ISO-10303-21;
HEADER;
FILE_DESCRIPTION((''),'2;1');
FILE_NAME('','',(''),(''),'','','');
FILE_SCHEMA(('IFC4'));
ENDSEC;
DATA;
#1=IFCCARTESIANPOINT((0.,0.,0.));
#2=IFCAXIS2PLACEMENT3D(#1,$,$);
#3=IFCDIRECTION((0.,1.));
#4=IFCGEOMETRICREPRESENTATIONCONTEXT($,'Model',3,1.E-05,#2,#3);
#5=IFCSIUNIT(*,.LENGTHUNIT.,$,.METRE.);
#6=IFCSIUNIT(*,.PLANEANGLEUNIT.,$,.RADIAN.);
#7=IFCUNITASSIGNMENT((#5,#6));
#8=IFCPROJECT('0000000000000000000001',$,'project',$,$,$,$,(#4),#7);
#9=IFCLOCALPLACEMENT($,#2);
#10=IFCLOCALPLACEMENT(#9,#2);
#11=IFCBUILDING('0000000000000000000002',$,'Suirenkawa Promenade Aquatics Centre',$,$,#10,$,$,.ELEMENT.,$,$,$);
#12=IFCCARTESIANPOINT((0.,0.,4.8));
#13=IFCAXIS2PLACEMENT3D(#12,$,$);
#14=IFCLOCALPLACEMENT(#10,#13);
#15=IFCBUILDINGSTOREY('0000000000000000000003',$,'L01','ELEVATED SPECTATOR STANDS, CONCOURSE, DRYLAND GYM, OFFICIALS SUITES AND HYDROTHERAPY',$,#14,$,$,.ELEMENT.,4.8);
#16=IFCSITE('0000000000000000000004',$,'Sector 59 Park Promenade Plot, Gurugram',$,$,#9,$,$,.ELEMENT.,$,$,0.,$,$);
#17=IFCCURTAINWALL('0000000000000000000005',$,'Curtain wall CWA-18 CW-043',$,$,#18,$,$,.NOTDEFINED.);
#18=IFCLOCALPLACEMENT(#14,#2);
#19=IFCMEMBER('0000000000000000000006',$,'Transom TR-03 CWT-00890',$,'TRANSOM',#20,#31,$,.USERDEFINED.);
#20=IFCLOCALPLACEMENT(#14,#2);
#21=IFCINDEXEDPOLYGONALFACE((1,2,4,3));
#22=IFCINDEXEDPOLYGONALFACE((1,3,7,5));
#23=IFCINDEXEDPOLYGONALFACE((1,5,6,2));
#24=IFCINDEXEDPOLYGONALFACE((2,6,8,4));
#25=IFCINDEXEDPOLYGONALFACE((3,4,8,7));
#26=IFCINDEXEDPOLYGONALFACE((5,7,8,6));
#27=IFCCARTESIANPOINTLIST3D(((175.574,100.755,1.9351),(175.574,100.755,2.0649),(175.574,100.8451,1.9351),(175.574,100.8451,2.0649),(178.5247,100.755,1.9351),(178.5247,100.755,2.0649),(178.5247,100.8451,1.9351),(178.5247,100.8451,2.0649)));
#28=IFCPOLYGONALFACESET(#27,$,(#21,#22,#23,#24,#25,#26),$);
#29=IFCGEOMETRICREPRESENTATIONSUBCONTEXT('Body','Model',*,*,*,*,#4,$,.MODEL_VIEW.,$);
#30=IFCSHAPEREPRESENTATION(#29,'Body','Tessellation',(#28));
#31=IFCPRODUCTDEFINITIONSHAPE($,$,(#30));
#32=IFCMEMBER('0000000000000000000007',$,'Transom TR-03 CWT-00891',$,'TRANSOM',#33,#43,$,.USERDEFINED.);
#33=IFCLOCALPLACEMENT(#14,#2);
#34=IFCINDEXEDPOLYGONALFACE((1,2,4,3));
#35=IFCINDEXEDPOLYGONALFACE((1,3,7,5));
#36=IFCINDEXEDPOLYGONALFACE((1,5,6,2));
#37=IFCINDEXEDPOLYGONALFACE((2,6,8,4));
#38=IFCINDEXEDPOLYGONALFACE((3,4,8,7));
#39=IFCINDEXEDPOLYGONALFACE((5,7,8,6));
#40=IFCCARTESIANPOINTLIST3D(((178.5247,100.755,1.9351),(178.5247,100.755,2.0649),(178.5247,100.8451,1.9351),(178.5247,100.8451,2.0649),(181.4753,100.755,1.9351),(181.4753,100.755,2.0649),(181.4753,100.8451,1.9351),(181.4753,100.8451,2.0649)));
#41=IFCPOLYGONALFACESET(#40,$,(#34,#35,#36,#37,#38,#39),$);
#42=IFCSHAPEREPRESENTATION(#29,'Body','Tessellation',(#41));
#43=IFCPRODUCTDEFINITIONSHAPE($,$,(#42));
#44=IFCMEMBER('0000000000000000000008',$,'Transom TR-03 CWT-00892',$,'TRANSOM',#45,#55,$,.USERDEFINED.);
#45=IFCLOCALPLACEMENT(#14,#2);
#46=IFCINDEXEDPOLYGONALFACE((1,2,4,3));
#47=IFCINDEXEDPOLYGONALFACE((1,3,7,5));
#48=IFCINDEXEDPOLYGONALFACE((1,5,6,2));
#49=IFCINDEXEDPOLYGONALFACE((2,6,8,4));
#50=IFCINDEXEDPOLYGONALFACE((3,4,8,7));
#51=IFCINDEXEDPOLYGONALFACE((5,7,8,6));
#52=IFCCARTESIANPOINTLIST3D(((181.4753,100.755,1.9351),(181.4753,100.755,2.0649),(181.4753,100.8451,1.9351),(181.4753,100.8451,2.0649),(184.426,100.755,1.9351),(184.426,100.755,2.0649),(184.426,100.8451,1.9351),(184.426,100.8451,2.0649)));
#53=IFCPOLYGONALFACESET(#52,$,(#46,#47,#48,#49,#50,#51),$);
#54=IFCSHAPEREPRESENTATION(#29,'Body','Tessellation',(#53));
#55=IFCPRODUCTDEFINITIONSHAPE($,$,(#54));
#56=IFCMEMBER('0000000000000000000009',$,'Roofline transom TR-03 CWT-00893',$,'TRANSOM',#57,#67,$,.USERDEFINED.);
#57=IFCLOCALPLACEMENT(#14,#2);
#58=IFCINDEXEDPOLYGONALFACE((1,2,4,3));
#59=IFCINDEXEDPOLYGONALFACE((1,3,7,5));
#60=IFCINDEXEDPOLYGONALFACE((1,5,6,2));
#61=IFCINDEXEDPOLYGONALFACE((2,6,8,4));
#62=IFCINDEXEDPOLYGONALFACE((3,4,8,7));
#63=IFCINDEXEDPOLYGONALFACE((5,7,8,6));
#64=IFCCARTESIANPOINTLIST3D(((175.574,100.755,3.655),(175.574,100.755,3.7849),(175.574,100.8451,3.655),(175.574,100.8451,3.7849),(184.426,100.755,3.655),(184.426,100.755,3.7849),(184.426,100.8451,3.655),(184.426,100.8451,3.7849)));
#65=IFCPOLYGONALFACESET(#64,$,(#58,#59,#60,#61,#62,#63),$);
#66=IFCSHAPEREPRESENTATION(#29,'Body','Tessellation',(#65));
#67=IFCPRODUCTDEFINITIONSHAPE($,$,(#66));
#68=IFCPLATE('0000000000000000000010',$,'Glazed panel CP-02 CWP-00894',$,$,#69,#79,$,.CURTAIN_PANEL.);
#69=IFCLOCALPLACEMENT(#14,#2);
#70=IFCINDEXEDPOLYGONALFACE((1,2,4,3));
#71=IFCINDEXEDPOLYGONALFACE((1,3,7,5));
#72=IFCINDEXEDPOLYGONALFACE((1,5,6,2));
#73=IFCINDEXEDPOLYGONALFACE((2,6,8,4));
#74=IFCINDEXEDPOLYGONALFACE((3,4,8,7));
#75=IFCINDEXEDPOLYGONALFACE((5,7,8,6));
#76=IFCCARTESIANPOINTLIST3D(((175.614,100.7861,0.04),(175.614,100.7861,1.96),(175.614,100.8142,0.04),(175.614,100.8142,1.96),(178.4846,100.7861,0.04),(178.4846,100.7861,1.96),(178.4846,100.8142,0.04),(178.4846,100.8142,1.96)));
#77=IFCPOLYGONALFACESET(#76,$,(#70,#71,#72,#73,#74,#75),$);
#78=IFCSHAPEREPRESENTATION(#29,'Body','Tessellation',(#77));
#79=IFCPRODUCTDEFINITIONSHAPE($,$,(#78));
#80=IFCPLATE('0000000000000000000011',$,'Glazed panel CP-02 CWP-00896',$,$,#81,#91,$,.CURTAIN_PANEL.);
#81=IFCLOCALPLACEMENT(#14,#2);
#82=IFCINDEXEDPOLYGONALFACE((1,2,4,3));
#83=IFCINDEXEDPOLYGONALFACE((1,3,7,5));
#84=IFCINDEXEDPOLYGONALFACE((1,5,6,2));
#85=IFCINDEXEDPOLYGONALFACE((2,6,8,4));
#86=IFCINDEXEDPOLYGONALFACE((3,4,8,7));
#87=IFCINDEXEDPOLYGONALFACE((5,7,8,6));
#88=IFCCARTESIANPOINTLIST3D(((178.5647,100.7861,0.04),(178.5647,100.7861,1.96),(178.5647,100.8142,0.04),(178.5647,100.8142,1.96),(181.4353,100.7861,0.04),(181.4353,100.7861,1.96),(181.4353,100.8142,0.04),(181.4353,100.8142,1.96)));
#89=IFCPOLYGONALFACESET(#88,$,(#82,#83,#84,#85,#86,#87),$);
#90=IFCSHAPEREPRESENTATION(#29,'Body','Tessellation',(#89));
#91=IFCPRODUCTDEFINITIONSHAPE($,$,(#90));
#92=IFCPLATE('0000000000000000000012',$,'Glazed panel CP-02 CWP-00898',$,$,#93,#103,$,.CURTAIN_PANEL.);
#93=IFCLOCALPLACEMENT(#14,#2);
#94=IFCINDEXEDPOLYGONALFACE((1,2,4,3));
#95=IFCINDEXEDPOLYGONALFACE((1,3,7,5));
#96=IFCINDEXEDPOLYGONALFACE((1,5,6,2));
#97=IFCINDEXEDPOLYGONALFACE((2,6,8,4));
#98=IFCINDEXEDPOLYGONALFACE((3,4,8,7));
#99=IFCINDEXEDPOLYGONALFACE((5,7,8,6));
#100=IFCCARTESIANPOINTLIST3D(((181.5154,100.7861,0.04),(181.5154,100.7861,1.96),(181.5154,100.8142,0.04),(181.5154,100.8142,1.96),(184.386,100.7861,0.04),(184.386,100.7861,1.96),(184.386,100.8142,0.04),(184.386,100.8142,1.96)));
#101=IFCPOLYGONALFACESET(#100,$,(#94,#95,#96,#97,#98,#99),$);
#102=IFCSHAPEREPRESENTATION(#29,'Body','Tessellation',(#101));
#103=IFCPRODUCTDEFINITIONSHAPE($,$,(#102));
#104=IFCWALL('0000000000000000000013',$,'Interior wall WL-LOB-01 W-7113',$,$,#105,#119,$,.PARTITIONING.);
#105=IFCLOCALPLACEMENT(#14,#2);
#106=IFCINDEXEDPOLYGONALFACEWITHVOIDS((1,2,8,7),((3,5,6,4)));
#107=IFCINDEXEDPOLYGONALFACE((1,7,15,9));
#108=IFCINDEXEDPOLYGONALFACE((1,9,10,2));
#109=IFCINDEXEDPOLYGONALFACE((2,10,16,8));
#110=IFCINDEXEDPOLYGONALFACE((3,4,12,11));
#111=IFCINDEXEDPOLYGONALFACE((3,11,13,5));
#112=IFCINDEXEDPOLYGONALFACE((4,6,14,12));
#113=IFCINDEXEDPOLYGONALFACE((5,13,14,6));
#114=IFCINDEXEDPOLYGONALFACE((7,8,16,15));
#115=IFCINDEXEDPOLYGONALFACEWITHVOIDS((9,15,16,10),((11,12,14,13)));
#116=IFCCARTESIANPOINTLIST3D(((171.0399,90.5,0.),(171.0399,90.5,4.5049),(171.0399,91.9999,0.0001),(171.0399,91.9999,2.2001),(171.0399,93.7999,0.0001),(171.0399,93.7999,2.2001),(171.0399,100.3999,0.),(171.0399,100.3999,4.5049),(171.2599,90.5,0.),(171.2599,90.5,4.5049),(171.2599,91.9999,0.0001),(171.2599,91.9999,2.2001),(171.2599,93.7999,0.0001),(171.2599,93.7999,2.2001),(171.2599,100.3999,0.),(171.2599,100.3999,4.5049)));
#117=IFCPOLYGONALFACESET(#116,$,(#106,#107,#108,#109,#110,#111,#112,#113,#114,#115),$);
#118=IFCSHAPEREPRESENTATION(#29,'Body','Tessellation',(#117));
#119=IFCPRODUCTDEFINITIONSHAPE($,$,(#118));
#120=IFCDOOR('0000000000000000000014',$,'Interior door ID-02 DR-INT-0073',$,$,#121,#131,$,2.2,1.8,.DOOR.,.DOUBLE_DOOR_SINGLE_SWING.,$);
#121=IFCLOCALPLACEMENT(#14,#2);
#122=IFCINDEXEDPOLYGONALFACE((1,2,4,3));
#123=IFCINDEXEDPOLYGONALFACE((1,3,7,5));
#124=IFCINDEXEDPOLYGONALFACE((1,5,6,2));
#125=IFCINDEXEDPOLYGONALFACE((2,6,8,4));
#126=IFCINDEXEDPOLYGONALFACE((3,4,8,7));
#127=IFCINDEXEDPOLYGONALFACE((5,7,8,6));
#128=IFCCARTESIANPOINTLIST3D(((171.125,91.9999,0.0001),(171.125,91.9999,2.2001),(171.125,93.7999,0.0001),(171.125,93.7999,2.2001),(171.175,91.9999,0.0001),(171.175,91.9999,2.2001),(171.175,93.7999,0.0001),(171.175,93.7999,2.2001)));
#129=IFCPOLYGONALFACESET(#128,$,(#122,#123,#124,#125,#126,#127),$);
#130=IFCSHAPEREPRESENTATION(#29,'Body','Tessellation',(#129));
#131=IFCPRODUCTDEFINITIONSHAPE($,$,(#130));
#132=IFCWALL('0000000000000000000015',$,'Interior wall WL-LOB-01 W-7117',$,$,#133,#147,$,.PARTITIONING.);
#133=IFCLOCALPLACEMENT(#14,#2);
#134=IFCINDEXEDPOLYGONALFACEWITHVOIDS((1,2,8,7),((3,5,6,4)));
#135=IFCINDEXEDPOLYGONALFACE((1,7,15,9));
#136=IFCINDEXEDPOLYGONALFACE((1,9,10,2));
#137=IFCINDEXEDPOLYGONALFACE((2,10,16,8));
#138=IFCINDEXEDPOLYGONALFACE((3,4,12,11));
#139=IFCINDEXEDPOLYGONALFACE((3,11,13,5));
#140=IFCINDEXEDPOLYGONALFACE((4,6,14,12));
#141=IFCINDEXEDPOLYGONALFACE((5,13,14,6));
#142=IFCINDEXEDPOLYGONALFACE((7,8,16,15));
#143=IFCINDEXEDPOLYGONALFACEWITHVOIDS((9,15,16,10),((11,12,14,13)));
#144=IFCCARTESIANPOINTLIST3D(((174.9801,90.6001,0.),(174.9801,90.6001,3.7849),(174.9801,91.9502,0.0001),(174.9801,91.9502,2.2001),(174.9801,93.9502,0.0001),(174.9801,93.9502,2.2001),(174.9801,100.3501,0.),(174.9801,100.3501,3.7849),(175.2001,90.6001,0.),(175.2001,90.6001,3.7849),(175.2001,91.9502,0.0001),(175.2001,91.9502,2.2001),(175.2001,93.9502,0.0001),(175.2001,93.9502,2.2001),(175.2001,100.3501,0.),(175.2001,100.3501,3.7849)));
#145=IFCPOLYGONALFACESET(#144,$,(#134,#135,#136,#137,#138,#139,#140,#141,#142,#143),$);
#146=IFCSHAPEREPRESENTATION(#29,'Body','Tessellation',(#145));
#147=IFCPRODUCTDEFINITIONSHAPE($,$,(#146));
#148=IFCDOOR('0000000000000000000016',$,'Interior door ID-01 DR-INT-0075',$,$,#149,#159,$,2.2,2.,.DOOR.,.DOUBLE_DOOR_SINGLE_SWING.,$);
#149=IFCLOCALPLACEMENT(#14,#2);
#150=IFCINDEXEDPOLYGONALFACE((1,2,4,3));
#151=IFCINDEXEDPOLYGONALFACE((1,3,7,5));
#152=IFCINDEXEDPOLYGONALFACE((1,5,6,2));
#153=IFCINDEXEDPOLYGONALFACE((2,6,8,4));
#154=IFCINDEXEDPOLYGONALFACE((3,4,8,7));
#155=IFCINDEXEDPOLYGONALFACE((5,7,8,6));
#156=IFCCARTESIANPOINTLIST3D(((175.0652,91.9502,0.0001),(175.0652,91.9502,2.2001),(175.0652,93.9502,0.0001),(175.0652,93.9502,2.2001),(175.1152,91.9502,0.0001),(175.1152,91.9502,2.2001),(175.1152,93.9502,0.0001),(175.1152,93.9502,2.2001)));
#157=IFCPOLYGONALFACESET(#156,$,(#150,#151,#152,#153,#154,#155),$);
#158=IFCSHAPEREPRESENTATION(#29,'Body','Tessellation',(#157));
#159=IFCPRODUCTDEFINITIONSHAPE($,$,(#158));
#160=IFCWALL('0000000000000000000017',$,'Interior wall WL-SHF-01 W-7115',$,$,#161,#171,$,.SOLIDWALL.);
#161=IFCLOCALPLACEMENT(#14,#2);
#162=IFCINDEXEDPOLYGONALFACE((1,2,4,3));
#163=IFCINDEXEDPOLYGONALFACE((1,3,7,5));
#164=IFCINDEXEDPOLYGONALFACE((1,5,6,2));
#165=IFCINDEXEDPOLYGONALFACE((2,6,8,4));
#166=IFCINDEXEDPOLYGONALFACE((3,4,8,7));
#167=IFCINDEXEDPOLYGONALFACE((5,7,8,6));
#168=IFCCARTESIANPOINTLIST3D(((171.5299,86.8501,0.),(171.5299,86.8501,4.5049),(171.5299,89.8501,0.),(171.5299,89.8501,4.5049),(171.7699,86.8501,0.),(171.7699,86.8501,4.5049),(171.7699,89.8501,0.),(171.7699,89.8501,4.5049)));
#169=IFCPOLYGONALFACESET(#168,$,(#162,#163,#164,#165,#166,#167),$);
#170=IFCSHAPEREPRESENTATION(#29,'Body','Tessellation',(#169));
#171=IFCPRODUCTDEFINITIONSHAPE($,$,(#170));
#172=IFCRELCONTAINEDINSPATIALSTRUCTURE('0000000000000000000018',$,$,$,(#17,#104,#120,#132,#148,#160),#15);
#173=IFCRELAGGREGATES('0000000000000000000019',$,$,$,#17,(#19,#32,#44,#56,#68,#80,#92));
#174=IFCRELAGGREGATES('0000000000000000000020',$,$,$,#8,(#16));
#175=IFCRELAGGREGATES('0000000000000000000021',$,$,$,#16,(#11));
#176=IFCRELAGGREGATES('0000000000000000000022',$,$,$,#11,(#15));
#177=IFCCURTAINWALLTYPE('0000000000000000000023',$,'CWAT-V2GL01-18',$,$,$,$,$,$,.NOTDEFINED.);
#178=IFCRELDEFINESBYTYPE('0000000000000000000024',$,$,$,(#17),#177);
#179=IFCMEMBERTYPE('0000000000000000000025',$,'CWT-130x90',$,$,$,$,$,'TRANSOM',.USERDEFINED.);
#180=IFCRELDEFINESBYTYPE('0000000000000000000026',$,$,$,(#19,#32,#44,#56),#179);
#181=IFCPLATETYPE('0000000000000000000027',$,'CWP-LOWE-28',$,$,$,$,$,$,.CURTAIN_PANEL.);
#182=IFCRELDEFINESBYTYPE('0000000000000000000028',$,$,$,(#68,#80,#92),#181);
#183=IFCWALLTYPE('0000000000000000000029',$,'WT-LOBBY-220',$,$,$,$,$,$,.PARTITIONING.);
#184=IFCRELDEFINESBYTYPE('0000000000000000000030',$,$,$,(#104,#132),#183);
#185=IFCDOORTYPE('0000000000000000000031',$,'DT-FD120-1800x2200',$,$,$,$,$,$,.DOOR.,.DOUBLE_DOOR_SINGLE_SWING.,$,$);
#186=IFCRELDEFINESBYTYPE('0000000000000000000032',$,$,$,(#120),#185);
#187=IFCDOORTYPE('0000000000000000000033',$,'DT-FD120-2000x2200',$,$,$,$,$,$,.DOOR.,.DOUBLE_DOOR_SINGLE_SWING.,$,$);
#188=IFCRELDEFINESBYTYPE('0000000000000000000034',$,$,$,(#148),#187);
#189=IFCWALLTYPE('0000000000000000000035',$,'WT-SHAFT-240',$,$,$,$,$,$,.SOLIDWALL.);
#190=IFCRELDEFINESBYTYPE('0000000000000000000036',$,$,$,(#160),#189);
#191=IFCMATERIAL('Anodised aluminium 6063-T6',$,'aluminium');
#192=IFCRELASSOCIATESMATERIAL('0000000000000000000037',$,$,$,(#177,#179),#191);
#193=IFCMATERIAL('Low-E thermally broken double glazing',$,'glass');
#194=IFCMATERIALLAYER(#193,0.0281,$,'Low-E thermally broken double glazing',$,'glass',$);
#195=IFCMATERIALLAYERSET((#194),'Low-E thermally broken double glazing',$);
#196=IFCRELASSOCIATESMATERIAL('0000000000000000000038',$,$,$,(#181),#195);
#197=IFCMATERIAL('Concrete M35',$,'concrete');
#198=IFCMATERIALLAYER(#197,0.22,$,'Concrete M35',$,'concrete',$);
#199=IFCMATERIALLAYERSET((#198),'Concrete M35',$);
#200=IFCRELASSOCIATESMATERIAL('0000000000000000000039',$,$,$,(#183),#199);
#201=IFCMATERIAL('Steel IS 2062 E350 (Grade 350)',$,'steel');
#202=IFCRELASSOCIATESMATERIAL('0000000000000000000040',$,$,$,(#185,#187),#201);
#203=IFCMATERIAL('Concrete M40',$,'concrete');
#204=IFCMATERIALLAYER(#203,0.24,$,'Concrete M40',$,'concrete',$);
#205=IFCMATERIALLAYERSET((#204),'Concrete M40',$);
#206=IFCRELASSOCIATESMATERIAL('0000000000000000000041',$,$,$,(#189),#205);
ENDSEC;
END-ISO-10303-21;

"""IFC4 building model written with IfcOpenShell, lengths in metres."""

from ifc_helpers import new_model, si_unit, direction, frame, frame_2d, origin, origin_2d, place, context, subcontext, project, spatial, polyline, rectangle, outline, extrude, material, layer, layer_set, material_profile, profile_set, type_object, element, fill, aggregate, save


model = new_model("IFC4")

# Units and contexts
model_context = context("Model", 3, precision=1e-05, world=origin(), true_north=direction((0.0, 1.0)))
body_context = subcontext(model_context, "Body", "Model", "MODEL_VIEW")
ifc_project = project(units=[si_unit("LENGTHUNIT", "METRE"), si_unit("PLANEANGLEUNIT", "RADIAN")], contexts=[model_context])

# Site, building, storey
site_placement = place(None, origin())
site = spatial("IfcSite", under=ifc_project, at=site_placement, Name="Sector 59 Park Promenade Plot, Gurugram", CompositionType="ELEMENT", RefElevation=0.0)
building_placement = place(site_placement, origin())
building = spatial("IfcBuilding", under=site, at=building_placement, Name="Suirenkawa Promenade Aquatics Centre", CompositionType="ELEMENT")
storey_placement = place(building_placement, frame((0.0, 0.0, 4.8)))
storey = spatial("IfcBuildingStorey", under=building, at=storey_placement, Name="L01", Description="ELEVATED SPECTATOR STANDS, CONCOURSE, DRYLAND GYM, OFFICIALS SUITES AND HYDROTHERAPY", CompositionType="ELEMENT", Elevation=4.8)

# Shared definitions
ifc_material_1 = material(Name="Concrete M40", Category="concrete")

# Shared definitions
ifc_material_2 = material(Name="Steel IS 2062 E350 (Grade 350)", Category="steel")

# Curtain wall, members, plates
ifc_material_3 = material(Name="Anodised aluminium 6063-T6", Category="aluminium")
curtain_wall_type = type_object("IfcCurtainWallType", Name="CWAT-V2GL01-18", PredefinedType="NOTDEFINED", material=ifc_material_3)
curtain_wall_placement = place(storey_placement, origin())
curtain_wall = element("IfcCurtainWall", 1, at=curtain_wall_placement, inside=storey, type_object=curtain_wall_type, Name="Curtain wall CWA-18 CW-043", PredefinedType="NOTDEFINED")
ifc_material_profile_1 = material_profile(ifc_material_3, rectangle(XDim=0.0901, YDim=0.1299, at=origin_2d()), Name="ALU TRAN 90x130", Category="aluminium")
ifc_profile_set_1 = profile_set([ifc_material_profile_1], Name="Anodised aluminium 6063-T6")
member_type_1 = type_object("IfcMemberType", Name="CWT-130x90", ElementType="TRANSOM", PredefinedType="USERDEFINED", material=ifc_profile_set_1)
member_1_placement = place(storey_placement, frame((175.574, 100.8, 2.0), z_axis=(1.0, 0.0, 0.0), x_axis=(0.0, 1.0, 0.0)))
member_1 = element("IfcMember", 2, at=member_1_placement, type_object=member_type_1, Name="Transom TR-03 CWT-00890", ObjectType="TRANSOM", PredefinedType="USERDEFINED", context=body_context, shape_type="SweptSolid", body=[
    extrude(rectangle(XDim=0.0901, YDim=0.1299, at=origin_2d()), origin(), (0.0, 0.0, 1.0), 2.9507),
])
member_2_placement = place(storey_placement, frame((178.5247, 100.8, 2.0), z_axis=(1.0, 0.0, 0.0), x_axis=(0.0, 1.0, 0.0)))
member_2 = element("IfcMember", 3, at=member_2_placement, type_object=member_type_1, Name="Transom TR-03 CWT-00891", ObjectType="TRANSOM", PredefinedType="USERDEFINED", context=body_context, shape_type="SweptSolid", body=[
    extrude(rectangle(XDim=0.0901, YDim=0.1299, at=origin_2d()), origin(), (0.0, 0.0, 1.0), 2.9507),
])
member_3_placement = place(storey_placement, frame((181.4753, 100.8, 2.0), z_axis=(1.0, 0.0, 0.0), x_axis=(0.0, 1.0, 0.0)))
member_3 = element("IfcMember", 4, at=member_3_placement, type_object=member_type_1, Name="Transom TR-03 CWT-00892", ObjectType="TRANSOM", PredefinedType="USERDEFINED", context=body_context, shape_type="SweptSolid", body=[
    extrude(rectangle(XDim=0.0901, YDim=0.1299, at=origin_2d()), origin(), (0.0, 0.0, 1.0), 2.9507),
])
member_4_placement = place(storey_placement, frame((175.574, 100.8, 3.72), z_axis=(1.0, 0.0, 0.0), x_axis=(0.0, 1.0, 0.0)))
member_4 = element("IfcMember", 5, at=member_4_placement, type_object=member_type_1, Name="Roofline transom TR-03 CWT-00893", ObjectType="TRANSOM", PredefinedType="USERDEFINED", context=body_context, shape_type="SweptSolid", body=[
    extrude(rectangle(XDim=0.0901, YDim=0.1299, at=origin_2d()), origin(), (0.0, 0.0, 1.0), 8.8521),
])
ifc_material_4 = material(Name="Low-E thermally broken double glazing", Category="glass")
ifc_layer_1 = layer(ifc_material_4, 0.0281, Name="Low-E thermally broken double glazing", Category="glass")
ifc_layer_set_1 = layer_set([ifc_layer_1], Name="Low-E thermally broken double glazing")
plate_type = type_object("IfcPlateType", Name="CWP-LOWE-28", PredefinedType="CURTAIN_PANEL", material=ifc_layer_set_1)
plate_1_placement = place(storey_placement, frame((175.574, 100.8, 0.04), z_axis=(0.0, 0.0, 1.0), x_axis=(1.0, 0.0, 0.0)))
plate_1 = element("IfcPlate", 6, at=plate_1_placement, type_object=plate_type, Name="Glazed panel CP-02 CWP-00894", PredefinedType="CURTAIN_PANEL", context=body_context, shape_type="SweptSolid", body=[
    extrude(outline(polyline([(0.04, 0.0), (2.9106, 0.0), (2.9106, 1.9199), (0.04, 1.9199), (0.04, 0.0)])), frame((0.0, 0.0142, 0.0), z_axis=(0.0, -1.0, 0.0), x_axis=(1.0, 0.0, 0.0)), (0.0, 0.0, 1.0), 0.0281),
])
plate_2_placement = place(storey_placement, frame((178.5247, 100.8, 0.04), z_axis=(0.0, 0.0, 1.0), x_axis=(1.0, 0.0, 0.0)))
plate_2 = element("IfcPlate", 7, at=plate_2_placement, type_object=plate_type, Name="Glazed panel CP-02 CWP-00896", PredefinedType="CURTAIN_PANEL", context=body_context, shape_type="SweptSolid", body=[
    extrude(outline(polyline([(0.04, 0.0), (2.9106, 0.0), (2.9106, 1.9199), (0.04, 1.9199), (0.04, 0.0)])), frame((0.0, 0.0142, 0.0), z_axis=(0.0, -1.0, 0.0), x_axis=(1.0, 0.0, 0.0)), (0.0, 0.0, 1.0), 0.0281),
])
plate_3_placement = place(storey_placement, frame((181.4753, 100.8, 0.04), z_axis=(0.0, 0.0, 1.0), x_axis=(1.0, 0.0, 0.0)))
plate_3 = element("IfcPlate", 8, at=plate_3_placement, type_object=plate_type, Name="Glazed panel CP-02 CWP-00898", PredefinedType="CURTAIN_PANEL", context=body_context, shape_type="SweptSolid", body=[
    extrude(outline(polyline([(0.04, 0.0), (2.9106, 0.0), (2.9106, 1.9199), (0.04, 1.9199), (0.04, 0.0)])), frame((0.0, 0.0142, 0.0), z_axis=(0.0, -1.0, 0.0), x_axis=(1.0, 0.0, 0.0)), (0.0, 0.0, 1.0), 0.0281),
])
aggregate(curtain_wall, [member_1, member_2, member_3, member_4, plate_1, plate_2, plate_3])

# Walls, openings, doors
ifc_material_5 = material(Name="Concrete M35", Category="concrete")
ifc_layer_2 = layer(ifc_material_5, 0.22, Name="Concrete M35", Category="concrete")
ifc_layer_set_2 = layer_set([ifc_layer_2], Name="Concrete M35")
wall_type_1 = type_object("IfcWallType", Name="WT-LOBBY-220", PredefinedType="PARTITIONING", material=ifc_layer_set_2)
wall_1_placement = place(storey_placement, frame((171.1499, 90.5, 0.0), z_axis=(0.0, 0.0, 1.0), x_axis=(0.0, 1.0, 0.0)))
wall_1 = element("IfcWall", 9, at=wall_1_placement, inside=storey, type_object=wall_type_1, Name="Interior wall WL-LOB-01 W-7113", PredefinedType="PARTITIONING", context=body_context, shape_type="SweptSolid", body=[
    extrude(rectangle(XDim=9.8999, YDim=0.22, at=frame_2d((4.95, 0.0))), origin(), (0.0, 0.0, 1.0), 4.5049),
])
opening_1_placement = place(wall_1_placement, frame((1.5, 0.0, 0.0)))
opening_1 = element("IfcOpeningElement", 10, at=opening_1_placement, cuts=wall_1, PredefinedType="OPENING", context=body_context, shape_type="SweptSolid", body=[
    extrude(rectangle(XDim=1.8, YDim=2.2, at=frame_2d((0.8999, 1.1001))), frame((0.0, 0.1199, 0.0), z_axis=(0.0, -1.0, 0.0), x_axis=(1.0, 0.0, 0.0)), (0.0, 0.0, 1.0), 0.24),
])
door_type_1 = type_object("IfcDoorType", Name="DT-FD120-1800x2200", OperationType="DOUBLE_DOOR_SINGLE_SWING", PredefinedType="DOOR", material=ifc_material_2)
door_1_placement = place(opening_1_placement, origin())
door_1 = element("IfcDoor", 11, at=door_1_placement, inside=storey, type_object=door_type_1, Name="Interior door ID-02 DR-INT-0073", OperationType="DOUBLE_DOOR_SINGLE_SWING", OverallHeight=2.2, OverallWidth=1.8, PredefinedType="DOOR", context=body_context, shape_type="SweptSolid", body=[
    extrude(rectangle(XDim=1.8, YDim=2.2, at=frame_2d((0.8999, 1.1001))), frame((0.0, 0.0249, 0.0), z_axis=(0.0, -1.0, 0.0), x_axis=(1.0, 0.0, 0.0)), (0.0, 0.0, 1.0), 0.05),
])
fill(opening_1, door_1)
wall_2_placement = place(storey_placement, frame((175.0901, 90.6001, 0.0), z_axis=(0.0, 0.0, 1.0), x_axis=(0.0, 1.0, 0.0)))
wall_2 = element("IfcWall", 12, at=wall_2_placement, inside=storey, type_object=wall_type_1, Name="Interior wall WL-LOB-01 W-7117", PredefinedType="PARTITIONING", context=body_context, shape_type="SweptSolid", body=[
    extrude(rectangle(XDim=9.75, YDim=0.22, at=frame_2d((4.875, 0.0))), origin(), (0.0, 0.0, 1.0), 3.7849),
])
opening_2_placement = place(wall_2_placement, frame((1.3501, 0.0, 0.0)))
opening_2 = element("IfcOpeningElement", 13, at=opening_2_placement, cuts=wall_2, PredefinedType="OPENING", context=body_context, shape_type="SweptSolid", body=[
    extrude(rectangle(XDim=2.0, YDim=2.2, at=frame_2d((1.0, 1.1001))), frame((0.0, 0.1199, 0.0), z_axis=(0.0, -1.0, 0.0), x_axis=(1.0, 0.0, 0.0)), (0.0, 0.0, 1.0), 0.24),
])
door_type_2 = type_object("IfcDoorType", Name="DT-FD120-2000x2200", OperationType="DOUBLE_DOOR_SINGLE_SWING", PredefinedType="DOOR", material=ifc_material_2)
door_2_placement = place(opening_2_placement, origin())
door_2 = element("IfcDoor", 14, at=door_2_placement, inside=storey, type_object=door_type_2, Name="Interior door ID-01 DR-INT-0075", OperationType="DOUBLE_DOOR_SINGLE_SWING", OverallHeight=2.2, OverallWidth=2.0, PredefinedType="DOOR", context=body_context, shape_type="SweptSolid", body=[
    extrude(rectangle(XDim=2.0, YDim=2.2, at=frame_2d((1.0, 1.1001))), frame((0.0, 0.0249, 0.0), z_axis=(0.0, -1.0, 0.0), x_axis=(1.0, 0.0, 0.0)), (0.0, 0.0, 1.0), 0.05),
])
fill(opening_2, door_2)
ifc_layer_3 = layer(ifc_material_1, 0.24, Name="Concrete M40", Category="concrete")
ifc_layer_set_3 = layer_set([ifc_layer_3], Name="Concrete M40")
wall_type_2 = type_object("IfcWallType", Name="WT-SHAFT-240", PredefinedType="SOLIDWALL", material=ifc_layer_set_3)

# Wall
for number, where, z_axis, x_axis, name in (
    (15, (171.6499, 86.8501, 0.0), (0.0, 0.0, 1.0), (0.0, 1.0, 0.0), "Interior wall WL-SHF-01 W-7115"),
):
    element("IfcWall", number, at=place(storey_placement, frame(where, z_axis=z_axis, x_axis=x_axis)), inside=storey, type_object=wall_type_2, Name=name, PredefinedType="SOLIDWALL", context=body_context, shape_type="SweptSolid", body=[
        extrude(rectangle(XDim=3.0, YDim=0.24, at=frame_2d((1.5, 0.0))), origin(), (0.0, 0.0, 1.0), 4.5049),
    ])

save(model, "model.ifc")
